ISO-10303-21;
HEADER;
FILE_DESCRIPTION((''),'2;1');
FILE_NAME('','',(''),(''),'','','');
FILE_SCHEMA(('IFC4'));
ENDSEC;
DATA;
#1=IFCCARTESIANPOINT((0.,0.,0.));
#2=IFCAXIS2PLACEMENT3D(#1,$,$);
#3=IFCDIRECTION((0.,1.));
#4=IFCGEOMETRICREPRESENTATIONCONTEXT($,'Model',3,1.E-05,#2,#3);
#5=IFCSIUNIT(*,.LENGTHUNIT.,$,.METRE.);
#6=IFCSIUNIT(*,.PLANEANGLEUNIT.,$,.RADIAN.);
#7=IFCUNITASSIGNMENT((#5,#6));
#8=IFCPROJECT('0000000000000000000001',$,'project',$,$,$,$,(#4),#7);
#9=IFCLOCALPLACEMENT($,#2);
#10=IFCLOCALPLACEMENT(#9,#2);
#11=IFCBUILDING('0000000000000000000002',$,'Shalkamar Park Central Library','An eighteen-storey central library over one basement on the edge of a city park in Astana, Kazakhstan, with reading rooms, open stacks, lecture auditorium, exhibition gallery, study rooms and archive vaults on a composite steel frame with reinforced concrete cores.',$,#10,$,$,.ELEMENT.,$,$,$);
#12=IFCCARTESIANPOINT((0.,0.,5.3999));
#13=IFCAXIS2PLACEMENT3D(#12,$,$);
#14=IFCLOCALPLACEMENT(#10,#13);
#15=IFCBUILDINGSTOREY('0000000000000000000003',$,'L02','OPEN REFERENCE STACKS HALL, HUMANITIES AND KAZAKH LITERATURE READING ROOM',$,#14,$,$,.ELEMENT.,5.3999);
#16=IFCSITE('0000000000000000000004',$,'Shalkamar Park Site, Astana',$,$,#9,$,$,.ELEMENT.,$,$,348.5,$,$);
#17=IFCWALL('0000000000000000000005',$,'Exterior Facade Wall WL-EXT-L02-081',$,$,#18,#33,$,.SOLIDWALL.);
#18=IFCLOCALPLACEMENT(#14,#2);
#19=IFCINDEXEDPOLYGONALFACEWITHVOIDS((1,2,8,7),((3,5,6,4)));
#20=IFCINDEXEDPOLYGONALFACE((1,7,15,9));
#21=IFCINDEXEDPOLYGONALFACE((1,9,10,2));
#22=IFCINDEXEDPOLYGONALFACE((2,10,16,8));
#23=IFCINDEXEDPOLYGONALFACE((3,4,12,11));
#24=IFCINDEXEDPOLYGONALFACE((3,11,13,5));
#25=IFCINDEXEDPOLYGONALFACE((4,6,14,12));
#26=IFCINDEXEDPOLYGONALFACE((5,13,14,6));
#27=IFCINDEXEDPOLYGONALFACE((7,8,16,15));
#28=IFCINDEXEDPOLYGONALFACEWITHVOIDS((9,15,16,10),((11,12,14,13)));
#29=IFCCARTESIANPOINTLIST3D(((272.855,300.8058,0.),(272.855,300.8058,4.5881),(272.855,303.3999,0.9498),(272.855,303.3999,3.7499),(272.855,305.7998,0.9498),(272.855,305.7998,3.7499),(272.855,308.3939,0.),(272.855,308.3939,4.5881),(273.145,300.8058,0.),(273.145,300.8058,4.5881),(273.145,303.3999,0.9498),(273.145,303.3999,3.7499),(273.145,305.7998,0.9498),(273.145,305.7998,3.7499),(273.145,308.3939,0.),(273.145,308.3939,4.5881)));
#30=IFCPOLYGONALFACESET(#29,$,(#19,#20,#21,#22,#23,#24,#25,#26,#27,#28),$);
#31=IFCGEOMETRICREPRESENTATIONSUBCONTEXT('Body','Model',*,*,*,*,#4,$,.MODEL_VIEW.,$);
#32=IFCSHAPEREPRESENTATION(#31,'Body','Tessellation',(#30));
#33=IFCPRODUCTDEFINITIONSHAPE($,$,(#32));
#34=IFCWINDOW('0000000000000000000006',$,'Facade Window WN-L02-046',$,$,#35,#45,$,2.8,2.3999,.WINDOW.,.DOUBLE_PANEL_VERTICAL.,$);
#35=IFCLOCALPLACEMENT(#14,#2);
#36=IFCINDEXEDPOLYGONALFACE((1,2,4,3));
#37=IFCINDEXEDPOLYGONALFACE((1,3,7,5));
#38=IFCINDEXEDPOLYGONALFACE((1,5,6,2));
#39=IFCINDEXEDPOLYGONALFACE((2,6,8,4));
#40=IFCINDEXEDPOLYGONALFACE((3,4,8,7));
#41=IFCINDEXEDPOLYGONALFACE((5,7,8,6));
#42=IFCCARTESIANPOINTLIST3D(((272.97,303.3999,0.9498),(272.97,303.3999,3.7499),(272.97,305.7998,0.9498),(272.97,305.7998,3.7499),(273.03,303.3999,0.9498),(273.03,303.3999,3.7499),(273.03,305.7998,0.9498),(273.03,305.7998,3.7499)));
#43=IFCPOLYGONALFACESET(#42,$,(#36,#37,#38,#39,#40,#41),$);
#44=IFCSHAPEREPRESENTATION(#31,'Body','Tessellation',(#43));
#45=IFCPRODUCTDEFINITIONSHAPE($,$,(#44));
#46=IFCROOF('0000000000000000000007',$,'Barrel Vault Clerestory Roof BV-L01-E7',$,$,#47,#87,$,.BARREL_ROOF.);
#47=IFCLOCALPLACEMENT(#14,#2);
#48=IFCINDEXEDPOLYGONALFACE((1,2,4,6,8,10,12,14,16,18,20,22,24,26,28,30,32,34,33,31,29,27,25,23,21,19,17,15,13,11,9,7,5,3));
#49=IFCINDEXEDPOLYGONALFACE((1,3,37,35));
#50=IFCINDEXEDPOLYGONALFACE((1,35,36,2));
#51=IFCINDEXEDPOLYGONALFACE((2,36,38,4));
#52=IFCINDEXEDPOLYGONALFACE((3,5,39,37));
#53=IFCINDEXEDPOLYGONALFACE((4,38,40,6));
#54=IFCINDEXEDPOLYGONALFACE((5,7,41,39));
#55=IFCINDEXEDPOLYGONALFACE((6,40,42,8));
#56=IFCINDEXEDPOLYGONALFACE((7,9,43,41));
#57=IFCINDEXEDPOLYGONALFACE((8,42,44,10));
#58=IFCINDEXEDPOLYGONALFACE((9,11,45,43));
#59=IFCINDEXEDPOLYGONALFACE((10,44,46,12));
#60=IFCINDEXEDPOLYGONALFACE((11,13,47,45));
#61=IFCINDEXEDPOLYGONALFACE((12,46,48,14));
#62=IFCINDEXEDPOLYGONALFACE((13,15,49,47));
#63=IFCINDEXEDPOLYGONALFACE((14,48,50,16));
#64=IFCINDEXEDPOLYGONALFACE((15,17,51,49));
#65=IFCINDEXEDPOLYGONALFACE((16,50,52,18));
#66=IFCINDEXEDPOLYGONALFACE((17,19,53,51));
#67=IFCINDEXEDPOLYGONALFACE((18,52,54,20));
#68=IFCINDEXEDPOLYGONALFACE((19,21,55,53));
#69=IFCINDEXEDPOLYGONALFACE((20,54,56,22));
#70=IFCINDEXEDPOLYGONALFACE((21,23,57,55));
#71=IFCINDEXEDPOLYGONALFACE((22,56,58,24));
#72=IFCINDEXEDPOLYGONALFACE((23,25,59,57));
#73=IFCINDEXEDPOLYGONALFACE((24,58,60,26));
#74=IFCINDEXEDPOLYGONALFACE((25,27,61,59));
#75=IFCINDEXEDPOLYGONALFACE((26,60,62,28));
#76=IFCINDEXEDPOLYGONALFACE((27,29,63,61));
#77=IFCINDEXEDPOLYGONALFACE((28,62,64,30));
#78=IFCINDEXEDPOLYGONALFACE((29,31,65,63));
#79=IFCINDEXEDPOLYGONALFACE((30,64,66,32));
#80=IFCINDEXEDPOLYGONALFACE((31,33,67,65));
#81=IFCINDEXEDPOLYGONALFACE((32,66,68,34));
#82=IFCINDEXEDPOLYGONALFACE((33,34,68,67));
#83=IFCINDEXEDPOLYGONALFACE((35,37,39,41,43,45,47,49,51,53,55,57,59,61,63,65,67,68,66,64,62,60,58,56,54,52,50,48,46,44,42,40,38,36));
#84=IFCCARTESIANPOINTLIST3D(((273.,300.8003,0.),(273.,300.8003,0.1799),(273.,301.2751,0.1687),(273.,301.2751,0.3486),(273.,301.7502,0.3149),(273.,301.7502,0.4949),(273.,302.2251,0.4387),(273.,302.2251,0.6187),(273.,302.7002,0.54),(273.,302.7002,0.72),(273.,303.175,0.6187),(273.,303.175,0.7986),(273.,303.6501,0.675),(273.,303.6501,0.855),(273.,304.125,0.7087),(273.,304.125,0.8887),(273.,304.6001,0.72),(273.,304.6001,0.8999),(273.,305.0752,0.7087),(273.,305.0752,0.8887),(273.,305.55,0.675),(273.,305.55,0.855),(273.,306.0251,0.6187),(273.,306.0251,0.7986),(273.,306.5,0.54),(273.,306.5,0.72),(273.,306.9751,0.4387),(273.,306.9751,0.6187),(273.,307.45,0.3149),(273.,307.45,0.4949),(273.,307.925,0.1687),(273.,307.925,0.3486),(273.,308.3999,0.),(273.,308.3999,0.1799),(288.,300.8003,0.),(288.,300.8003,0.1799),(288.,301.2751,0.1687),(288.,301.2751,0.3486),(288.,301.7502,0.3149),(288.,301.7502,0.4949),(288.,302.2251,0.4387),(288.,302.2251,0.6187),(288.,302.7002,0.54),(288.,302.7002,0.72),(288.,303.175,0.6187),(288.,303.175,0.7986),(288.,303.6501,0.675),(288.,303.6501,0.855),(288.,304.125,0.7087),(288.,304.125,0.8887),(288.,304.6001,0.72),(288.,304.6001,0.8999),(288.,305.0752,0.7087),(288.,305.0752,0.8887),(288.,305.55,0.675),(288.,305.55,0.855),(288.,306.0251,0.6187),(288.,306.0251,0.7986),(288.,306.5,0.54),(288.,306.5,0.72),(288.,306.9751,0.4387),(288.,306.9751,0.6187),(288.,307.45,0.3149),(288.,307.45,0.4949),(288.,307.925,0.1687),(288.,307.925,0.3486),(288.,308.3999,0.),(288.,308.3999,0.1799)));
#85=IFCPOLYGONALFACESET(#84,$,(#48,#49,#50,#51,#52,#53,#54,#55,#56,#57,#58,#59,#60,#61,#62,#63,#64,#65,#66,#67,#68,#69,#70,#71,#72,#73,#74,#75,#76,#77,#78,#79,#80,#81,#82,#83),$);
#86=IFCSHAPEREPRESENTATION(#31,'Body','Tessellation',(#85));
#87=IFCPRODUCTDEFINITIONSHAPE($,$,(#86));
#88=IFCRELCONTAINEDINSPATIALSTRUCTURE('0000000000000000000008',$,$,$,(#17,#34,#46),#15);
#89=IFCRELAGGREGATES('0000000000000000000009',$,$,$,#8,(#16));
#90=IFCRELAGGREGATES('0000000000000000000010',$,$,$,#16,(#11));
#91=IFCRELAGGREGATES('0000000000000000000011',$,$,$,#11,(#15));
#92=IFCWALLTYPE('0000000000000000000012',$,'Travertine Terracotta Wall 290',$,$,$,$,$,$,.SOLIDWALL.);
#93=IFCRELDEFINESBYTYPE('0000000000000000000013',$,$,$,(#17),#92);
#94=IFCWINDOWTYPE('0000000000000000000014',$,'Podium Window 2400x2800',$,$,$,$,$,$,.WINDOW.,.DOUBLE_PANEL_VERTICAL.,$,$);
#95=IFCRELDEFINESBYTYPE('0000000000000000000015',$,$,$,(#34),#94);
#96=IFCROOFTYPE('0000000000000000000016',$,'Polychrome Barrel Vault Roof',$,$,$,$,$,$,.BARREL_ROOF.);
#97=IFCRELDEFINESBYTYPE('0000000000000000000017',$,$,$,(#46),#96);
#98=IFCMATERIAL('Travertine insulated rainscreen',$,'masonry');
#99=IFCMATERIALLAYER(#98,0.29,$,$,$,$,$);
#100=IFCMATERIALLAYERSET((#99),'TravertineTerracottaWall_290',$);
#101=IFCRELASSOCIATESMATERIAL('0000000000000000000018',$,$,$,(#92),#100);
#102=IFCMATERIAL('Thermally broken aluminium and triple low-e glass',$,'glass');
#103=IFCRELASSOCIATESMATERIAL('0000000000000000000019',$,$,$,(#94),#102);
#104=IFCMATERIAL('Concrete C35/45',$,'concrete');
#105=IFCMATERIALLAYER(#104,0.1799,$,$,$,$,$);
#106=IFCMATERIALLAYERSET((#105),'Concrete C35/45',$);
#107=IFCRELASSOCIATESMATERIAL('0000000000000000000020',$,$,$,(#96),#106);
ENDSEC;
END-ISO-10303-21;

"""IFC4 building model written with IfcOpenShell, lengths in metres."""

from ifc_helpers import new_model, si_unit, direction, frame, frame_2d, origin, place, context, subcontext, project, spatial, polyline, rectangle, outline, extrude, material, layer, layer_set, type_object, element, fill, save


model = new_model("IFC4")

# Units and contexts
model_context = context("Model", 3, precision=1e-05, world=origin(), true_north=direction((0.0, 1.0)))
body_context = subcontext(model_context, "Body", "Model", "MODEL_VIEW")
ifc_project = project(units=[si_unit("LENGTHUNIT", "METRE"), si_unit("PLANEANGLEUNIT", "RADIAN")], contexts=[model_context])

# Site, building, storey
site_placement = place(None, origin())
site = spatial("IfcSite", under=ifc_project, at=site_placement, Name="Shalkamar Park Site, Astana", CompositionType="ELEMENT", RefElevation=348.5)
building_placement = place(site_placement, origin())
building = spatial("IfcBuilding", under=site, at=building_placement, Name="Shalkamar Park Central Library", Description="An eighteen-storey central library over one basement on the edge of a city park in Astana, Kazakhstan, with reading rooms, open stacks, lecture auditorium, exhibition gallery, study rooms and archive vaults on a composite steel frame with reinforced concrete cores.", CompositionType="ELEMENT")
storey_placement = place(building_placement, frame((0.0, 0.0, 5.3999)))
storey = spatial("IfcBuildingStorey", under=building, at=storey_placement, Name="L02", Description="OPEN REFERENCE STACKS HALL, HUMANITIES AND KAZAKH LITERATURE READING ROOM", CompositionType="ELEMENT", Elevation=5.3999)

# Wall, opening, window
ifc_material_1 = material(Name="Travertine insulated rainscreen", Category="masonry")
ifc_layer_1 = layer(ifc_material_1, 0.29)
ifc_layer_set_1 = layer_set([ifc_layer_1], Name="TravertineTerracottaWall_290")
wall_type_1 = type_object("IfcWallType", Name="Travertine Terracotta Wall 290", PredefinedType="SOLIDWALL", material=ifc_layer_set_1)
wall_1_placement = place(storey_placement, frame((273.0, 300.8059, 0.0), z_axis=(0.0, 0.0, 1.0), x_axis=(0.0, 1.0, 0.0)))
wall_1 = element("IfcWall", 1, at=wall_1_placement, inside=storey, type_object=wall_type_1, Name="Exterior Facade Wall WL-EXT-L02-081", PredefinedType="SOLIDWALL", context=body_context, shape_type="SweptSolid", body=[
    extrude(rectangle(XDim=7.5881, YDim=0.29, at=frame_2d((3.7939, 0.0))), origin(), (0.0, 0.0, 1.0), 4.5881),
])
opening_placement = place(wall_1_placement, frame((2.594, 0.0, 0.95)))
opening = element("IfcOpeningElement", 2, at=opening_placement, cuts=wall_1, PredefinedType="OPENING", context=body_context, shape_type="SweptSolid", body=[
    extrude(rectangle(XDim=2.3999, YDim=2.8, at=frame_2d((1.2, 1.3999))), frame((0.0, 0.1599, 0.0), z_axis=(0.0, -1.0, 0.0), x_axis=(1.0, 0.0, 0.0)), (0.0, 0.0, 1.0), 0.3198),
])
ifc_material_2 = material(Name="Thermally broken aluminium and triple low-e glass", Category="glass")
window_type = type_object("IfcWindowType", Name="Podium Window 2400x2800", PartitioningType="DOUBLE_PANEL_VERTICAL", PredefinedType="WINDOW", material=ifc_material_2)
window_placement = place(opening_placement, origin())
window = element("IfcWindow", 3, at=window_placement, inside=storey, type_object=window_type, Name="Facade Window WN-L02-046", OverallHeight=2.8, OverallWidth=2.3999, PartitioningType="DOUBLE_PANEL_VERTICAL", PredefinedType="WINDOW", context=body_context, shape_type="SweptSolid", body=[
    extrude(rectangle(XDim=2.3999, YDim=2.8, at=frame_2d((1.2, 1.3999))), frame((0.0, 0.03, 0.0), z_axis=(0.0, -1.0, 0.0), x_axis=(1.0, 0.0, 0.0)), (0.0, 0.0, 1.0), 0.0601),
])
fill(opening, window)

# Roof
ifc_material_3 = material(Name="Concrete C35/45", Category="concrete")
ifc_layer_2 = layer(ifc_material_3, 0.1799)
ifc_layer_set_2 = layer_set([ifc_layer_2], Name="Concrete C35/45")
roof_type = type_object("IfcRoofType", Name="Polychrome Barrel Vault Roof", PredefinedType="BARREL_ROOF", material=ifc_layer_set_2)
roof_placement = place(storey_placement, frame((273.0, 304.6001, 0.0), z_axis=(0.0, 0.0, 1.0), x_axis=(1.0, 0.0, 0.0)))
element("IfcRoof", 4, at=roof_placement, inside=storey, type_object=roof_type, Name="Barrel Vault Clerestory Roof BV-L01-E7", PredefinedType="BARREL_ROOF", context=body_context, shape_type="SweptSolid", body=[
    extrude(outline(polyline([(-3.7998, 0.1799), (-3.325, 0.3486), (-2.8499, 0.4949), (-2.375, 0.6187), (-1.8999, 0.72), (-1.425, 0.7986), (-0.95, 0.855), (-0.4751, 0.8887), (0.0, 0.8999), (0.4751, 0.8887), (0.95, 0.855), (1.425, 0.7986), (1.8999, 0.72), (2.375, 0.6187), (2.8499, 0.4949), (3.325, 0.3486), (3.7998, 0.1799), (3.7998, 0.0), (3.325, 0.1687), (2.8499, 0.3149), (2.375, 0.4387), (1.8999, 0.54), (1.425, 0.6187), (0.95, 0.675), (0.4751, 0.7087), (0.0, 0.72), (-0.4751, 0.7087), (-0.95, 0.675), (-1.425, 0.6187), (-1.8999, 0.54), (-2.375, 0.4387), (-2.8499, 0.3149), (-3.325, 0.1687), (-3.7998, 0.0), (-3.7998, 0.1799)])), frame((0.0, 0.0, 0.0), z_axis=(1.0, 0.0, 0.0), x_axis=(0.0, 1.0, 0.0)), (0.0, 0.0, 1.0), 15.0),
])

save(model, "model.ifc")
